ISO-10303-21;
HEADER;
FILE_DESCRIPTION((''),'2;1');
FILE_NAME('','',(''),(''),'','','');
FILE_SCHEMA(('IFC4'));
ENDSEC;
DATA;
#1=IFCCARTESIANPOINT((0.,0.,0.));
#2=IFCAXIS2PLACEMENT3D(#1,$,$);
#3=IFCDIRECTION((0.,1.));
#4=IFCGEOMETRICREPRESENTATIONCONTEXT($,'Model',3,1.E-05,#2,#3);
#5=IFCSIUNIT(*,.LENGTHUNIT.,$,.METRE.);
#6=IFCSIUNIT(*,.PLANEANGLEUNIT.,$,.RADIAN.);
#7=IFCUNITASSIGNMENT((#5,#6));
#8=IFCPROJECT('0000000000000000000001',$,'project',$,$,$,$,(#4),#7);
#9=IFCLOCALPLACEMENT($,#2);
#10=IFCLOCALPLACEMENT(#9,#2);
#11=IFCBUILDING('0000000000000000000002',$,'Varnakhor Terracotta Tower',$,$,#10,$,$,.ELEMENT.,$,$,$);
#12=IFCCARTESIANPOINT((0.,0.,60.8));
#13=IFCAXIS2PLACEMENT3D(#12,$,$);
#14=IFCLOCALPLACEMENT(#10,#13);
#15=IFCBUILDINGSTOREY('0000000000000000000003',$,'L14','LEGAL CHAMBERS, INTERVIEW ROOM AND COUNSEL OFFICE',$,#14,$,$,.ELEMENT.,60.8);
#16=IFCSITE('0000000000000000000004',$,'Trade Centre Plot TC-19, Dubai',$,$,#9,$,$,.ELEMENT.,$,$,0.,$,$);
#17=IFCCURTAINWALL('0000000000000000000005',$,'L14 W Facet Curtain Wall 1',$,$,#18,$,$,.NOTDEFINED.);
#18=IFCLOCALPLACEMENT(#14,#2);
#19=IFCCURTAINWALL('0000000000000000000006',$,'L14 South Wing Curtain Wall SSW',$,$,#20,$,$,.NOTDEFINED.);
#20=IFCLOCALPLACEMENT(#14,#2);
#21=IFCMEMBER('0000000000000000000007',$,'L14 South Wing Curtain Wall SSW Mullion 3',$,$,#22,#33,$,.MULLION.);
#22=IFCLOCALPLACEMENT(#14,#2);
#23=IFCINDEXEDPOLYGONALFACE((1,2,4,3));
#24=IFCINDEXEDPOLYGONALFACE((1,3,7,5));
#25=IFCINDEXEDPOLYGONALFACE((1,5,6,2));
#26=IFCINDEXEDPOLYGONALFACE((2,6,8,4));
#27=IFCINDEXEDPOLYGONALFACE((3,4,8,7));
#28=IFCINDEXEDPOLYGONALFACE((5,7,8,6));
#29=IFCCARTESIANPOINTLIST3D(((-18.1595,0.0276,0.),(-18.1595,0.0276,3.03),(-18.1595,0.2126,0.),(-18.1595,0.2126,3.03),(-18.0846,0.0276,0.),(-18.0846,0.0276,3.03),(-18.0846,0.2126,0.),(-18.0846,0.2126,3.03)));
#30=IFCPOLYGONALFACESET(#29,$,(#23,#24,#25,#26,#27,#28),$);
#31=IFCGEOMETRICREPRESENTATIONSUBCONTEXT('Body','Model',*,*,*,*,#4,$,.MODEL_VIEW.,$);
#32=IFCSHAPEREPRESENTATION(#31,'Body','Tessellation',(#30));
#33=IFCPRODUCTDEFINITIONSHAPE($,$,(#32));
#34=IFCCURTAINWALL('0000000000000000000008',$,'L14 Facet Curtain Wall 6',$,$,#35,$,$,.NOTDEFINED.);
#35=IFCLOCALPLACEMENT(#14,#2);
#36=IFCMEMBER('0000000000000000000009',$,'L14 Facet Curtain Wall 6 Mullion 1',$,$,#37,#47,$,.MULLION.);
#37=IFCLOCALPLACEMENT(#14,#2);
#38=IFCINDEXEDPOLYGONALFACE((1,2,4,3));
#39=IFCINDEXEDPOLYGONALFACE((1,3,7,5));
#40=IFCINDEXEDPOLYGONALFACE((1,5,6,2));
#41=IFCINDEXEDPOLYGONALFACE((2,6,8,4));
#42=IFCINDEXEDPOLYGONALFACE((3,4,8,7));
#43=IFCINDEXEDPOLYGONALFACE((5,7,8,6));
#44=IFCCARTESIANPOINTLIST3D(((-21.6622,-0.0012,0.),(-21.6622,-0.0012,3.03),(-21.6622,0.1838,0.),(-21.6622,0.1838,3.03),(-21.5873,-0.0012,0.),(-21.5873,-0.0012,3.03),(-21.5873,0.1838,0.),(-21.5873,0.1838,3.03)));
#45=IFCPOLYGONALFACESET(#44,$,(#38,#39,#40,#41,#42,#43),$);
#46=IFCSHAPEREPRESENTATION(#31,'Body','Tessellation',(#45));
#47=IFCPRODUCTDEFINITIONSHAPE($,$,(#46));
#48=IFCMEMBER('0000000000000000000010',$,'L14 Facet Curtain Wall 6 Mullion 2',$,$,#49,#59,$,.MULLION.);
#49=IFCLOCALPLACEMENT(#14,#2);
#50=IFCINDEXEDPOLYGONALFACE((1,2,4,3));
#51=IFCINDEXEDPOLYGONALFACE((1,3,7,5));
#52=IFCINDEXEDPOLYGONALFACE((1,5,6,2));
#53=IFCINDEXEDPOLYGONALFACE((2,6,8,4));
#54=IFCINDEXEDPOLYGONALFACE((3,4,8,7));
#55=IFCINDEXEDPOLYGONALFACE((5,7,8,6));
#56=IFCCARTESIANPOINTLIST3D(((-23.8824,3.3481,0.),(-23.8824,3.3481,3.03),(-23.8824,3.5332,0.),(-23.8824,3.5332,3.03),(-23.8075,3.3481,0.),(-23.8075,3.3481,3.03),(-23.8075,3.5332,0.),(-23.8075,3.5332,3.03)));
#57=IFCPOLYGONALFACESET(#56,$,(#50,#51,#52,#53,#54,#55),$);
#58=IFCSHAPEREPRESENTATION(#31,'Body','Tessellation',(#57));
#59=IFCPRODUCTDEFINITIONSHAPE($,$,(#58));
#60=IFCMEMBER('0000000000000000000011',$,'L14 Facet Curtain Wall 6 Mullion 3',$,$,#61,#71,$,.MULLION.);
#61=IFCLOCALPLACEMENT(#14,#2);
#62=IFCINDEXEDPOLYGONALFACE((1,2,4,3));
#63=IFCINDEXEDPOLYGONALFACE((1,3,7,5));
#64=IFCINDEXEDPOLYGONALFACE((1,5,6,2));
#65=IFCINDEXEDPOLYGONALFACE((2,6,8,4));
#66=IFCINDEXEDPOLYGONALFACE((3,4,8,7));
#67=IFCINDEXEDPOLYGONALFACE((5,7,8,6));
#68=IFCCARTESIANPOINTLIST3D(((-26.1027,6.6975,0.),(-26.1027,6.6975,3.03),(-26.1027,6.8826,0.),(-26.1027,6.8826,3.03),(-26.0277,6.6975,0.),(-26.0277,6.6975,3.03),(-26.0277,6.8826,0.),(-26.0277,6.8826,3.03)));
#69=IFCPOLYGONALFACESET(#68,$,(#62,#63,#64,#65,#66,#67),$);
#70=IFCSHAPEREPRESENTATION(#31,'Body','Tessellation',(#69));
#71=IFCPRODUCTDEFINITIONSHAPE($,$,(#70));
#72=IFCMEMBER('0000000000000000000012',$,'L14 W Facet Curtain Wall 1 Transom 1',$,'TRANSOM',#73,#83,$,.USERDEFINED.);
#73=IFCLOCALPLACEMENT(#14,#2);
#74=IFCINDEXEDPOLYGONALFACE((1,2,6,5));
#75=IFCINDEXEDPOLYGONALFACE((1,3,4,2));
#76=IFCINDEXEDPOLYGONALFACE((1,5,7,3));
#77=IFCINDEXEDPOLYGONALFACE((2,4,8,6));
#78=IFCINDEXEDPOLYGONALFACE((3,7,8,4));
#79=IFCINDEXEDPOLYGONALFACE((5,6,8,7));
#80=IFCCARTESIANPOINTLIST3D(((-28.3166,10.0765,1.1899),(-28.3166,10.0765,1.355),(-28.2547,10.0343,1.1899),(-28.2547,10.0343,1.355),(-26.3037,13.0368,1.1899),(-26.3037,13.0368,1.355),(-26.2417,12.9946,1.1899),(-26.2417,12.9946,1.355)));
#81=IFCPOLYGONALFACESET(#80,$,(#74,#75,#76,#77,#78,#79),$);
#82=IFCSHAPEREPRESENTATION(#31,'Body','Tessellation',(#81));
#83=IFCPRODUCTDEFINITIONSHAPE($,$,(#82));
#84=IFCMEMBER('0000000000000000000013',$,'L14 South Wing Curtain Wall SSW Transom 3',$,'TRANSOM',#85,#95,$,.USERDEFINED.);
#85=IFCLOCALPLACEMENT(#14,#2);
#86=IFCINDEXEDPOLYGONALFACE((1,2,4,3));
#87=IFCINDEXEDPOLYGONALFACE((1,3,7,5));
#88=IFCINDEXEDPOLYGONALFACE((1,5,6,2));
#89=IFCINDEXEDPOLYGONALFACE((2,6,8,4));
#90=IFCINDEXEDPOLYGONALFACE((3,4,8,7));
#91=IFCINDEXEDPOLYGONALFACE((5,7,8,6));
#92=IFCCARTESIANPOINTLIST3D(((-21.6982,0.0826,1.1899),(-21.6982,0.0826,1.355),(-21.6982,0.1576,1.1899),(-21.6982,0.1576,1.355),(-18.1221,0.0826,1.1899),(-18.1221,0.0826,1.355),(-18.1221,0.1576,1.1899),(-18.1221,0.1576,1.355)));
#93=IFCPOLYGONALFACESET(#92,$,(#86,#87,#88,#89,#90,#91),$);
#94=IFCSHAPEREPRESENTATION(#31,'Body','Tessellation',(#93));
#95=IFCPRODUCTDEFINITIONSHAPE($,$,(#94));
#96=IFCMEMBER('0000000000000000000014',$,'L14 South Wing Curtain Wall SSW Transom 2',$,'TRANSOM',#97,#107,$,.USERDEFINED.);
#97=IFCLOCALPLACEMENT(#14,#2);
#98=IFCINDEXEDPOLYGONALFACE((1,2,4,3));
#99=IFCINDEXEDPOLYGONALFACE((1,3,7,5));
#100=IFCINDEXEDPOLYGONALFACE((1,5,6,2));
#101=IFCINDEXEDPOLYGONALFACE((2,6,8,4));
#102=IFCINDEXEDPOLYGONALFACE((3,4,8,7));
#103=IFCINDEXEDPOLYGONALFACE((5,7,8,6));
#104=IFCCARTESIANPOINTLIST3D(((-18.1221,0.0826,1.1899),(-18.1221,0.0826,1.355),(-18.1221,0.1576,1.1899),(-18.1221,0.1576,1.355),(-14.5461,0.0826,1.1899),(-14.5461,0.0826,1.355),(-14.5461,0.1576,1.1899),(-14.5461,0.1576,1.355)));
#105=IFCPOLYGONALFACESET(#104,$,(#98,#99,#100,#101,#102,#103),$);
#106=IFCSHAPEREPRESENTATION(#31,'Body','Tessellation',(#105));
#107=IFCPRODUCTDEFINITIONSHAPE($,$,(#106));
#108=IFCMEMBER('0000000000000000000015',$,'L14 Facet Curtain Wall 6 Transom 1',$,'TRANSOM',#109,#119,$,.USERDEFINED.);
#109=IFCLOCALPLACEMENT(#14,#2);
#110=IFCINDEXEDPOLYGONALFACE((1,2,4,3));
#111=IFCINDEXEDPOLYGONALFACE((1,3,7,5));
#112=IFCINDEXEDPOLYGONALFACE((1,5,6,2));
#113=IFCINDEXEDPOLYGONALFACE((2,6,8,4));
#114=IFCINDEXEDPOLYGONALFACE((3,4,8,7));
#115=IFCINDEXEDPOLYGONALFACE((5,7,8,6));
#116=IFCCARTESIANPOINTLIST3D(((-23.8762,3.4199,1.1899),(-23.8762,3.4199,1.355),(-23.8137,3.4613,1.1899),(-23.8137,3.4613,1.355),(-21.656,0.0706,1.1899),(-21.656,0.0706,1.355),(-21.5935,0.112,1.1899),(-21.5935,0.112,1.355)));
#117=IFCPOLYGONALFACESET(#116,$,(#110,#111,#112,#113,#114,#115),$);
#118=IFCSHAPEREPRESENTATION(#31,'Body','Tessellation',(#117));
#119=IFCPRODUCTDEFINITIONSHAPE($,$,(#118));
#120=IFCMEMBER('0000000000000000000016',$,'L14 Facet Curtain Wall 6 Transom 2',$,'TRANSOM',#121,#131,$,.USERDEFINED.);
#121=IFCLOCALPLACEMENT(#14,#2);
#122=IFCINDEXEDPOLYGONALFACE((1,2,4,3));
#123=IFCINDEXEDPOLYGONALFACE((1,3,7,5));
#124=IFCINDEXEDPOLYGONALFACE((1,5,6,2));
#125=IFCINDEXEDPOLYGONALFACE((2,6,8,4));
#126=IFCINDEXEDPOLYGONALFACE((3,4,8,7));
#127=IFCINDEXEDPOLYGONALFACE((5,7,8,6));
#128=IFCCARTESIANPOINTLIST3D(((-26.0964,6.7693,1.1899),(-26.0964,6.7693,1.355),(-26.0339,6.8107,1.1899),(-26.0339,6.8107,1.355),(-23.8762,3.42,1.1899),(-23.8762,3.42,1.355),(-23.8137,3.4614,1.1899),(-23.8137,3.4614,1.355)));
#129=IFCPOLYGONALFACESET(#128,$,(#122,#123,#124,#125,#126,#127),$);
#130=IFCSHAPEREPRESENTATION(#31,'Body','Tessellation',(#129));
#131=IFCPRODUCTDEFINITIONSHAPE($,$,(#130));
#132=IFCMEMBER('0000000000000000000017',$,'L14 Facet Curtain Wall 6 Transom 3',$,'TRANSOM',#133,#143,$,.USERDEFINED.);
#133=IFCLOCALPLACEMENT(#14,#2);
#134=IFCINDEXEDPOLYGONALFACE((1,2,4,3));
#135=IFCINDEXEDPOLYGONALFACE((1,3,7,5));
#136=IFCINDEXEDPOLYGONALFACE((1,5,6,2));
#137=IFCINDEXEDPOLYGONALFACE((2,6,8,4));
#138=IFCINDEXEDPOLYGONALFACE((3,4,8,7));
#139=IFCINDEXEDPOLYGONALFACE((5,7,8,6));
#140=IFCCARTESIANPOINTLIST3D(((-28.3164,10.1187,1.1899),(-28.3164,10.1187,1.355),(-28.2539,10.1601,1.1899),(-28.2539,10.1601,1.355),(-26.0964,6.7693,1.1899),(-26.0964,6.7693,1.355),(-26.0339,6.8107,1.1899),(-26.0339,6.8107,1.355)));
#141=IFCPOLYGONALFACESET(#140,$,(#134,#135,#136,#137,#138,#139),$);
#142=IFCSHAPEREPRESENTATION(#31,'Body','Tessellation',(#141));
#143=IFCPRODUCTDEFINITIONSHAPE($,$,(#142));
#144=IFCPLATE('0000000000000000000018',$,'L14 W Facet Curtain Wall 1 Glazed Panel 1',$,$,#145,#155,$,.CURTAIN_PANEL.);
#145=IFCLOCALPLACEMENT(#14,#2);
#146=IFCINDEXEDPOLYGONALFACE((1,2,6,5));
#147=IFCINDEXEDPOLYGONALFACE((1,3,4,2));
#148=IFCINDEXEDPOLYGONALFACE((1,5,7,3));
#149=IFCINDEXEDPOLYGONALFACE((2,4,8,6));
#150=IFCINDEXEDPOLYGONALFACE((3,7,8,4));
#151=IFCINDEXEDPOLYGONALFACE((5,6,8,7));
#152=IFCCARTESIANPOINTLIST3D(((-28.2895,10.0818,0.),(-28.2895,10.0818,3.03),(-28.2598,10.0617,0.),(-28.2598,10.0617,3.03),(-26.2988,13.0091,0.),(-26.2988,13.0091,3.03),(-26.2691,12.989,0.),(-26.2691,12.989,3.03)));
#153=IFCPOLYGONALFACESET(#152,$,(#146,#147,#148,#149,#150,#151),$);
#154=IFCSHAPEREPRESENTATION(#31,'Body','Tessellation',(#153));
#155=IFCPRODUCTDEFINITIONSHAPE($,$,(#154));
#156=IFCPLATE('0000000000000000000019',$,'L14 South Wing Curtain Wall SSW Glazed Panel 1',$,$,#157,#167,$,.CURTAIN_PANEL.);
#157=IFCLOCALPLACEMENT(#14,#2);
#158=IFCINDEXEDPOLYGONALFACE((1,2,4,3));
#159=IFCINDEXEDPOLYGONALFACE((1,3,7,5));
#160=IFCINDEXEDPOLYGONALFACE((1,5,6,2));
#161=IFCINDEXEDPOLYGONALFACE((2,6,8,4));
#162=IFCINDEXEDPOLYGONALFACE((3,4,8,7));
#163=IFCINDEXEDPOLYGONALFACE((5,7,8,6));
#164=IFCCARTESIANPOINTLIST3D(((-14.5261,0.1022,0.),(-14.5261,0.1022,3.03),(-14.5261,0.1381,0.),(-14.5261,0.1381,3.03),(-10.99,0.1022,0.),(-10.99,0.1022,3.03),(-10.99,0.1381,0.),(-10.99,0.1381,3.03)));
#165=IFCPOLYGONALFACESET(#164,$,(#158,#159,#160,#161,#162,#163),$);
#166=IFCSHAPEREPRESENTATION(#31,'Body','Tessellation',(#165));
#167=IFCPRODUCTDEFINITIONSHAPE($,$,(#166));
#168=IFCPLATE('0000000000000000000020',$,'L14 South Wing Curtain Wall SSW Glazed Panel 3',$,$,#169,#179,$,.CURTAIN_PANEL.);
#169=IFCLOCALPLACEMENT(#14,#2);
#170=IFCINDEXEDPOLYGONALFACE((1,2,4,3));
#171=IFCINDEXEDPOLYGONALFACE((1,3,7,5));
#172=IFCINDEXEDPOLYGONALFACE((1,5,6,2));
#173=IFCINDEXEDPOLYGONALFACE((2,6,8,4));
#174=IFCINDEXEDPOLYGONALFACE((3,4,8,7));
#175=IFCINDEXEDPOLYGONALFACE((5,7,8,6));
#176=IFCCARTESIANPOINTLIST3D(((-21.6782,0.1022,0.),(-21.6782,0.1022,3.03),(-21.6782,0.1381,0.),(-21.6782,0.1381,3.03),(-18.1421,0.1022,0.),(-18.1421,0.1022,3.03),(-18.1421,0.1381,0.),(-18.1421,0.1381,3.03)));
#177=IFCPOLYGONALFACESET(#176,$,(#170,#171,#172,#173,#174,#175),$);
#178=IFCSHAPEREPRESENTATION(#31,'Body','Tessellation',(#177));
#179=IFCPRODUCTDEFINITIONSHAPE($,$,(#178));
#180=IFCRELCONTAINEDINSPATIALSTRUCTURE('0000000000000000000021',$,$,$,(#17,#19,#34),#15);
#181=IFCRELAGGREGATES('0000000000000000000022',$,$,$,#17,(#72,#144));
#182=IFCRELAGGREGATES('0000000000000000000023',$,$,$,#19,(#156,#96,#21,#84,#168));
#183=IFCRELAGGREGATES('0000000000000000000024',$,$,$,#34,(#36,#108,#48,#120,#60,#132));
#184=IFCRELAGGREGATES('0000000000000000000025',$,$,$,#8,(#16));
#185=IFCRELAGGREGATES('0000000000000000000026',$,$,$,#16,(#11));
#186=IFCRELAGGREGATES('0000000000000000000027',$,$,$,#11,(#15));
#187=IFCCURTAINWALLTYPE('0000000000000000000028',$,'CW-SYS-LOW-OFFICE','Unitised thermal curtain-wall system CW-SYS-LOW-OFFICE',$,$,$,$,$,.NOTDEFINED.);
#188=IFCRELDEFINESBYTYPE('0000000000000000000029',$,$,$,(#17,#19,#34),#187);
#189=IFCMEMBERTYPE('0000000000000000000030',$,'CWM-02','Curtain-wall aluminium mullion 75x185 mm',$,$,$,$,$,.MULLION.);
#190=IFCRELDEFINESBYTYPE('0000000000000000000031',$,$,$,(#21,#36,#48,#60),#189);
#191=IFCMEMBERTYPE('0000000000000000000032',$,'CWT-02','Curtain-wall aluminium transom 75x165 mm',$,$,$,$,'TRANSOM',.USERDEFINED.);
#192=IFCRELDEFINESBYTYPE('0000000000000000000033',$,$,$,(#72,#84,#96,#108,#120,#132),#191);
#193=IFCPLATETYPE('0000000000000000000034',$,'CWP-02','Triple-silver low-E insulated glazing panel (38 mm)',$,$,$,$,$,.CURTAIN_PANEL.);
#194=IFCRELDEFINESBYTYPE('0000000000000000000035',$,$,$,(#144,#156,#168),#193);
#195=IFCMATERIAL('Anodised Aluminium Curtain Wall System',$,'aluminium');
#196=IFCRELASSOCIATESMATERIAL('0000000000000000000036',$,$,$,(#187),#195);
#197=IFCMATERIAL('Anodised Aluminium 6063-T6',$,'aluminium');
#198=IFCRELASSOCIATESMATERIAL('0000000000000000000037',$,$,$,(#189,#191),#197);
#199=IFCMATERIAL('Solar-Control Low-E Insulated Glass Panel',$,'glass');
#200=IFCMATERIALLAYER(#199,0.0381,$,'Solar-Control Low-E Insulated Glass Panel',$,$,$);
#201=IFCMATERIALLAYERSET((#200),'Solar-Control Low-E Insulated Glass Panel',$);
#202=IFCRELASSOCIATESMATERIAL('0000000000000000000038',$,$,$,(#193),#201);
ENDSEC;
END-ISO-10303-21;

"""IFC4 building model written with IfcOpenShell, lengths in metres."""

from ifc_helpers import new_model, si_unit, direction, frame, origin, origin_2d, place, context, subcontext, project, spatial, rectangle, extrude, source, transform, mapped, material, layer, layer_set, material_profile, profile_set, type_object, type_shapes, element, aggregate, save


model = new_model("IFC4")

# Units and contexts
model_context = context("Model", 3, precision=1e-05, world=origin(), true_north=direction((0.0, 1.0)))
body_context = subcontext(model_context, "Body", "Model", "MODEL_VIEW")
ifc_project = project(units=[si_unit("LENGTHUNIT", "METRE"), si_unit("PLANEANGLEUNIT", "RADIAN")], contexts=[model_context])

# Site, building, storey
site_placement = place(None, origin())
site = spatial("IfcSite", under=ifc_project, at=site_placement, Name="Trade Centre Plot TC-19, Dubai", CompositionType="ELEMENT", RefElevation=0.0)
building_placement = place(site_placement, origin())
building = spatial("IfcBuilding", under=site, at=building_placement, Name="Varnakhor Terracotta Tower", CompositionType="ELEMENT")
storey_placement = place(building_placement, frame((0.0, 0.0, 60.8)))
storey = spatial("IfcBuildingStorey", under=building, at=storey_placement, Name="L14", Description="LEGAL CHAMBERS, INTERVIEW ROOM AND COUNSEL OFFICE", CompositionType="ELEMENT", Elevation=60.8)

# Curtain wall
ifc_material_1 = material(Name="Anodised Aluminium Curtain Wall System", Category="aluminium")
curtain_wall_type = type_object("IfcCurtainWallType", Name="CW-SYS-LOW-OFFICE", Description="Unitised thermal curtain-wall system CW-SYS-LOW-OFFICE", PredefinedType="NOTDEFINED", material=ifc_material_1)
curtain_wall_1_placement = place(storey_placement, origin())
curtain_wall_1 = element("IfcCurtainWall", 1, at=curtain_wall_1_placement, inside=storey, type_object=curtain_wall_type, Name="L14 W Facet Curtain Wall 1", PredefinedType="NOTDEFINED")
ifc_material_2 = material(Name="Anodised Aluminium 6063-T6", Category="aluminium")
ifc_material_profile_1 = material_profile(ifc_material_2, rectangle(XDim=0.075, YDim=0.1851, at=origin_2d()), Name="ALU MULLION 75x185")
ifc_profile_set_1 = profile_set([ifc_material_profile_1], Name="Anodised Aluminium 6063-T6")
member_type_1 = type_object("IfcMemberType", Name="CWM-02", Description="Curtain-wall aluminium mullion 75x185 mm", PredefinedType="MULLION", material=ifc_profile_set_1)
shared_shape_1 = source(origin(), body_context, "Body", "SweptSolid", [
    extrude(rectangle(XDim=0.075, YDim=0.1851, at=origin_2d()), origin(), (0.0, 0.0, 1.0), 3.03),
])
type_shapes(member_type_1, [shared_shape_1])

# Curtain walls, members
curtain_wall_2_placement = place(storey_placement, origin())
curtain_wall_2 = element("IfcCurtainWall", 2, at=curtain_wall_2_placement, inside=storey, type_object=curtain_wall_type, Name="L14 South Wing Curtain Wall SSW", PredefinedType="NOTDEFINED")
member_1_placement = place(storey_placement, frame((-18.1221, 0.1201, 0.0), z_axis=(0.0, 0.0, 1.0), x_axis=(1.0, 0.0, 0.0)))
member_1 = element("IfcMember", 3, at=member_1_placement, type_object=member_type_1, Name="L14 South Wing Curtain Wall SSW Mullion 3", PredefinedType="MULLION", context=body_context, shape_type="MappedRepresentation", body=[
    mapped(shared_shape_1, transform((0.0, 0.0, 0.0), scale=1.0)),
])
curtain_wall_3_placement = place(storey_placement, origin())
curtain_wall_3 = element("IfcCurtainWall", 4, at=curtain_wall_3_placement, inside=storey, type_object=curtain_wall_type, Name="L14 Facet Curtain Wall 6", PredefinedType="NOTDEFINED")
member_2_placement = place(storey_placement, frame((-21.6248, 0.0913, 0.0), z_axis=(0.0, 0.0, 1.0), x_axis=(1.0, 0.0, 0.0)))
member_2 = element("IfcMember", 5, at=member_2_placement, type_object=member_type_1, Name="L14 Facet Curtain Wall 6 Mullion 1", PredefinedType="MULLION", context=body_context, shape_type="MappedRepresentation", body=[
    mapped(shared_shape_1, transform((0.0, 0.0, 0.0), scale=1.0)),
])
member_3_placement = place(storey_placement, frame((-23.845, 3.4407, 0.0), z_axis=(0.0, 0.0, 1.0), x_axis=(1.0, 0.0, 0.0)))
member_3 = element("IfcMember", 6, at=member_3_placement, type_object=member_type_1, Name="L14 Facet Curtain Wall 6 Mullion 2", PredefinedType="MULLION", context=body_context, shape_type="MappedRepresentation", body=[
    mapped(shared_shape_1, transform((0.0, 0.0, 0.0), scale=1.0)),
])
member_4_placement = place(storey_placement, frame((-26.0652, 6.79, 0.0), z_axis=(0.0, 0.0, 1.0), x_axis=(1.0, 0.0, 0.0)))
member_4 = element("IfcMember", 7, at=member_4_placement, type_object=member_type_1, Name="L14 Facet Curtain Wall 6 Mullion 3", PredefinedType="MULLION", context=body_context, shape_type="MappedRepresentation", body=[
    mapped(shared_shape_1, transform((0.0, 0.0, 0.0), scale=1.0)),
])

# Members
ifc_material_profile_2 = material_profile(ifc_material_2, rectangle(XDim=0.075, YDim=0.165, at=origin_2d()), Name="ALU TRANSOM 75x165")
ifc_profile_set_2 = profile_set([ifc_material_profile_2], Name="Anodised Aluminium 6063-T6")
member_type_2 = type_object("IfcMemberType", Name="CWT-02", Description="Curtain-wall aluminium transom 75x165 mm", ElementType="TRANSOM", PredefinedType="USERDEFINED", material=ifc_profile_set_2)
shared_shape_2 = source(origin(), body_context, "Body", "SweptSolid", [
    extrude(rectangle(XDim=0.075, YDim=0.165, at=origin_2d()), origin(), (0.0, 0.0, 1.0), 3.5798),
])
member_5_placement = place(storey_placement, frame((-28.2856, 10.0554, 1.2725), z_axis=(0.56231, 0.826927, 0.0), x_axis=(-0.826927, 0.56231, 0.0)))
member_5 = element("IfcMember", 8, at=member_5_placement, type_object=member_type_2, Name="L14 W Facet Curtain Wall 1 Transom 1", ObjectType="TRANSOM", PredefinedType="USERDEFINED", context=body_context, shape_type="MappedRepresentation", body=[
    mapped(shared_shape_2, transform((0.0, 0.0, 0.0), scale=1.0)),
])
shared_shape_3 = source(origin(), body_context, "Body", "SweptSolid", [
    extrude(rectangle(XDim=0.075, YDim=0.165, at=origin_2d()), origin(), (0.0, 0.0, 1.0), 3.5762),
])
member_6_placement = place(storey_placement, frame((-18.1221, 0.1201, 1.2725), z_axis=(-1.0, 0.0, 0.0), x_axis=(0.0, -1.0, 0.0)))
member_6 = element("IfcMember", 9, at=member_6_placement, type_object=member_type_2, Name="L14 South Wing Curtain Wall SSW Transom 3", ObjectType="TRANSOM", PredefinedType="USERDEFINED", context=body_context, shape_type="MappedRepresentation", body=[
    mapped(shared_shape_3, transform((0.0, 0.0, 0.0), scale=1.0)),
])
shared_shape_4 = source(origin(), body_context, "Body", "SweptSolid", [
    extrude(rectangle(XDim=0.075, YDim=0.165, at=origin_2d()), origin(), (0.0, 0.0, 1.0), 3.5759),
])
member_7_placement = place(storey_placement, frame((-14.5461, 0.1201, 1.2725), z_axis=(-1.0, 0.0, 0.0), x_axis=(0.0, -1.0, 0.0)))
member_7 = element("IfcMember", 10, at=member_7_placement, type_object=member_type_2, Name="L14 South Wing Curtain Wall SSW Transom 2", ObjectType="TRANSOM", PredefinedType="USERDEFINED", context=body_context, shape_type="MappedRepresentation", body=[
    mapped(shared_shape_4, transform((0.0, 0.0, 0.0), scale=1.0)),
])
shared_shape_5 = source(origin(), body_context, "Body", "SweptSolid", [
    extrude(rectangle(XDim=0.075, YDim=0.165, at=origin_2d()), origin(), (0.0, 0.0, 1.0), 4.0183),
])
member_8_placement = place(storey_placement, frame((-21.6248, 0.0913, 1.2725), z_axis=(-0.552511, 0.833506, 0.0), x_axis=(-0.833506, -0.552511, 0.0)))
member_8 = element("IfcMember", 11, at=member_8_placement, type_object=member_type_2, Name="L14 Facet Curtain Wall 6 Transom 1", ObjectType="TRANSOM", PredefinedType="USERDEFINED", context=body_context, shape_type="MappedRepresentation", body=[
    mapped(shared_shape_5, transform((0.0, 0.0, 0.0), scale=1.0)),
])
member_9_placement = place(storey_placement, frame((-23.845, 3.4407, 1.2725), z_axis=(-0.552511, 0.833506, 0.0), x_axis=(-0.833506, -0.552511, 0.0)))
member_9 = element("IfcMember", 12, at=member_9_placement, type_object=member_type_2, Name="L14 Facet Curtain Wall 6 Transom 2", ObjectType="TRANSOM", PredefinedType="USERDEFINED", context=body_context, shape_type="MappedRepresentation", body=[
    mapped(shared_shape_5, transform((0.0, 0.0, 0.0), scale=1.0)),
])
member_10_placement = place(storey_placement, frame((-26.0652, 6.79, 1.2725), z_axis=(-0.552469, 0.833534, 0.0), x_axis=(-0.833534, -0.552469, 0.0)))
member_10 = element("IfcMember", 13, at=member_10_placement, type_object=member_type_2, Name="L14 Facet Curtain Wall 6 Transom 3", ObjectType="TRANSOM", PredefinedType="USERDEFINED", context=body_context, shape_type="MappedRepresentation", body=[
    mapped(shared_shape_5, transform((0.0, 0.0, 0.0), scale=1.0)),
])

# Plates
ifc_material_3 = material(Name="Solar-Control Low-E Insulated Glass Panel", Category="glass")
ifc_layer_1 = layer(ifc_material_3, 0.0381, Name="Solar-Control Low-E Insulated Glass Panel")
ifc_layer_set_1 = layer_set([ifc_layer_1], Name="Solar-Control Low-E Insulated Glass Panel")
plate_type = type_object("IfcPlateType", Name="CWP-02", Description="Triple-silver low-E insulated glazing panel (38 mm)", PredefinedType="CURTAIN_PANEL", material=ifc_layer_set_1)
shared_shape_6 = source(origin(), body_context, "Body", "SweptSolid", [
    extrude(rectangle(XDim=3.54, YDim=0.0359, at=origin_2d()), origin(), (0.0, 0.0, 1.0), 3.03),
])
plate_1_placement = place(storey_placement, frame((-27.2793, 11.5354, 0.0), z_axis=(0.0, 0.0, 1.0), x_axis=(0.562329, 0.826914, 0.0)))
plate_1 = element("IfcPlate", 14, at=plate_1_placement, type_object=plate_type, Name="L14 W Facet Curtain Wall 1 Glazed Panel 1", PredefinedType="CURTAIN_PANEL", context=body_context, shape_type="MappedRepresentation", body=[
    mapped(shared_shape_6, transform((0.0, 0.0, 0.0), scale=1.0)),
])
aggregate(curtain_wall_1, [member_5, plate_1])
shared_shape_7 = source(origin(), body_context, "Body", "SweptSolid", [
    extrude(rectangle(XDim=3.5361, YDim=0.0359, at=origin_2d()), origin(), (0.0, 0.0, 1.0), 3.03),
])
plate_2_placement = place(storey_placement, frame((-12.7581, 0.1201, 0.0), z_axis=(0.0, 0.0, 1.0), x_axis=(-1.0, 0.0, 0.0)))
plate_2 = element("IfcPlate", 15, at=plate_2_placement, type_object=plate_type, Name="L14 South Wing Curtain Wall SSW Glazed Panel 1", PredefinedType="CURTAIN_PANEL", context=body_context, shape_type="MappedRepresentation", body=[
    mapped(shared_shape_7, transform((0.0, 0.0, 0.0), scale=1.0)),
])
plate_3_placement = place(storey_placement, frame((-19.9102, 0.1201, 0.0), z_axis=(0.0, 0.0, 1.0), x_axis=(-1.0, 0.0, 0.0)))
plate_3 = element("IfcPlate", 16, at=plate_3_placement, type_object=plate_type, Name="L14 South Wing Curtain Wall SSW Glazed Panel 3", PredefinedType="CURTAIN_PANEL", context=body_context, shape_type="MappedRepresentation", body=[
    mapped(shared_shape_7, transform((0.0, 0.0, 0.0), scale=1.0)),
])
aggregate(curtain_wall_2, [plate_2, member_7, member_1, member_6, plate_3])
aggregate(curtain_wall_3, [member_2, member_8, member_3, member_9, member_4, member_10])

save(model, "model.ifc")
